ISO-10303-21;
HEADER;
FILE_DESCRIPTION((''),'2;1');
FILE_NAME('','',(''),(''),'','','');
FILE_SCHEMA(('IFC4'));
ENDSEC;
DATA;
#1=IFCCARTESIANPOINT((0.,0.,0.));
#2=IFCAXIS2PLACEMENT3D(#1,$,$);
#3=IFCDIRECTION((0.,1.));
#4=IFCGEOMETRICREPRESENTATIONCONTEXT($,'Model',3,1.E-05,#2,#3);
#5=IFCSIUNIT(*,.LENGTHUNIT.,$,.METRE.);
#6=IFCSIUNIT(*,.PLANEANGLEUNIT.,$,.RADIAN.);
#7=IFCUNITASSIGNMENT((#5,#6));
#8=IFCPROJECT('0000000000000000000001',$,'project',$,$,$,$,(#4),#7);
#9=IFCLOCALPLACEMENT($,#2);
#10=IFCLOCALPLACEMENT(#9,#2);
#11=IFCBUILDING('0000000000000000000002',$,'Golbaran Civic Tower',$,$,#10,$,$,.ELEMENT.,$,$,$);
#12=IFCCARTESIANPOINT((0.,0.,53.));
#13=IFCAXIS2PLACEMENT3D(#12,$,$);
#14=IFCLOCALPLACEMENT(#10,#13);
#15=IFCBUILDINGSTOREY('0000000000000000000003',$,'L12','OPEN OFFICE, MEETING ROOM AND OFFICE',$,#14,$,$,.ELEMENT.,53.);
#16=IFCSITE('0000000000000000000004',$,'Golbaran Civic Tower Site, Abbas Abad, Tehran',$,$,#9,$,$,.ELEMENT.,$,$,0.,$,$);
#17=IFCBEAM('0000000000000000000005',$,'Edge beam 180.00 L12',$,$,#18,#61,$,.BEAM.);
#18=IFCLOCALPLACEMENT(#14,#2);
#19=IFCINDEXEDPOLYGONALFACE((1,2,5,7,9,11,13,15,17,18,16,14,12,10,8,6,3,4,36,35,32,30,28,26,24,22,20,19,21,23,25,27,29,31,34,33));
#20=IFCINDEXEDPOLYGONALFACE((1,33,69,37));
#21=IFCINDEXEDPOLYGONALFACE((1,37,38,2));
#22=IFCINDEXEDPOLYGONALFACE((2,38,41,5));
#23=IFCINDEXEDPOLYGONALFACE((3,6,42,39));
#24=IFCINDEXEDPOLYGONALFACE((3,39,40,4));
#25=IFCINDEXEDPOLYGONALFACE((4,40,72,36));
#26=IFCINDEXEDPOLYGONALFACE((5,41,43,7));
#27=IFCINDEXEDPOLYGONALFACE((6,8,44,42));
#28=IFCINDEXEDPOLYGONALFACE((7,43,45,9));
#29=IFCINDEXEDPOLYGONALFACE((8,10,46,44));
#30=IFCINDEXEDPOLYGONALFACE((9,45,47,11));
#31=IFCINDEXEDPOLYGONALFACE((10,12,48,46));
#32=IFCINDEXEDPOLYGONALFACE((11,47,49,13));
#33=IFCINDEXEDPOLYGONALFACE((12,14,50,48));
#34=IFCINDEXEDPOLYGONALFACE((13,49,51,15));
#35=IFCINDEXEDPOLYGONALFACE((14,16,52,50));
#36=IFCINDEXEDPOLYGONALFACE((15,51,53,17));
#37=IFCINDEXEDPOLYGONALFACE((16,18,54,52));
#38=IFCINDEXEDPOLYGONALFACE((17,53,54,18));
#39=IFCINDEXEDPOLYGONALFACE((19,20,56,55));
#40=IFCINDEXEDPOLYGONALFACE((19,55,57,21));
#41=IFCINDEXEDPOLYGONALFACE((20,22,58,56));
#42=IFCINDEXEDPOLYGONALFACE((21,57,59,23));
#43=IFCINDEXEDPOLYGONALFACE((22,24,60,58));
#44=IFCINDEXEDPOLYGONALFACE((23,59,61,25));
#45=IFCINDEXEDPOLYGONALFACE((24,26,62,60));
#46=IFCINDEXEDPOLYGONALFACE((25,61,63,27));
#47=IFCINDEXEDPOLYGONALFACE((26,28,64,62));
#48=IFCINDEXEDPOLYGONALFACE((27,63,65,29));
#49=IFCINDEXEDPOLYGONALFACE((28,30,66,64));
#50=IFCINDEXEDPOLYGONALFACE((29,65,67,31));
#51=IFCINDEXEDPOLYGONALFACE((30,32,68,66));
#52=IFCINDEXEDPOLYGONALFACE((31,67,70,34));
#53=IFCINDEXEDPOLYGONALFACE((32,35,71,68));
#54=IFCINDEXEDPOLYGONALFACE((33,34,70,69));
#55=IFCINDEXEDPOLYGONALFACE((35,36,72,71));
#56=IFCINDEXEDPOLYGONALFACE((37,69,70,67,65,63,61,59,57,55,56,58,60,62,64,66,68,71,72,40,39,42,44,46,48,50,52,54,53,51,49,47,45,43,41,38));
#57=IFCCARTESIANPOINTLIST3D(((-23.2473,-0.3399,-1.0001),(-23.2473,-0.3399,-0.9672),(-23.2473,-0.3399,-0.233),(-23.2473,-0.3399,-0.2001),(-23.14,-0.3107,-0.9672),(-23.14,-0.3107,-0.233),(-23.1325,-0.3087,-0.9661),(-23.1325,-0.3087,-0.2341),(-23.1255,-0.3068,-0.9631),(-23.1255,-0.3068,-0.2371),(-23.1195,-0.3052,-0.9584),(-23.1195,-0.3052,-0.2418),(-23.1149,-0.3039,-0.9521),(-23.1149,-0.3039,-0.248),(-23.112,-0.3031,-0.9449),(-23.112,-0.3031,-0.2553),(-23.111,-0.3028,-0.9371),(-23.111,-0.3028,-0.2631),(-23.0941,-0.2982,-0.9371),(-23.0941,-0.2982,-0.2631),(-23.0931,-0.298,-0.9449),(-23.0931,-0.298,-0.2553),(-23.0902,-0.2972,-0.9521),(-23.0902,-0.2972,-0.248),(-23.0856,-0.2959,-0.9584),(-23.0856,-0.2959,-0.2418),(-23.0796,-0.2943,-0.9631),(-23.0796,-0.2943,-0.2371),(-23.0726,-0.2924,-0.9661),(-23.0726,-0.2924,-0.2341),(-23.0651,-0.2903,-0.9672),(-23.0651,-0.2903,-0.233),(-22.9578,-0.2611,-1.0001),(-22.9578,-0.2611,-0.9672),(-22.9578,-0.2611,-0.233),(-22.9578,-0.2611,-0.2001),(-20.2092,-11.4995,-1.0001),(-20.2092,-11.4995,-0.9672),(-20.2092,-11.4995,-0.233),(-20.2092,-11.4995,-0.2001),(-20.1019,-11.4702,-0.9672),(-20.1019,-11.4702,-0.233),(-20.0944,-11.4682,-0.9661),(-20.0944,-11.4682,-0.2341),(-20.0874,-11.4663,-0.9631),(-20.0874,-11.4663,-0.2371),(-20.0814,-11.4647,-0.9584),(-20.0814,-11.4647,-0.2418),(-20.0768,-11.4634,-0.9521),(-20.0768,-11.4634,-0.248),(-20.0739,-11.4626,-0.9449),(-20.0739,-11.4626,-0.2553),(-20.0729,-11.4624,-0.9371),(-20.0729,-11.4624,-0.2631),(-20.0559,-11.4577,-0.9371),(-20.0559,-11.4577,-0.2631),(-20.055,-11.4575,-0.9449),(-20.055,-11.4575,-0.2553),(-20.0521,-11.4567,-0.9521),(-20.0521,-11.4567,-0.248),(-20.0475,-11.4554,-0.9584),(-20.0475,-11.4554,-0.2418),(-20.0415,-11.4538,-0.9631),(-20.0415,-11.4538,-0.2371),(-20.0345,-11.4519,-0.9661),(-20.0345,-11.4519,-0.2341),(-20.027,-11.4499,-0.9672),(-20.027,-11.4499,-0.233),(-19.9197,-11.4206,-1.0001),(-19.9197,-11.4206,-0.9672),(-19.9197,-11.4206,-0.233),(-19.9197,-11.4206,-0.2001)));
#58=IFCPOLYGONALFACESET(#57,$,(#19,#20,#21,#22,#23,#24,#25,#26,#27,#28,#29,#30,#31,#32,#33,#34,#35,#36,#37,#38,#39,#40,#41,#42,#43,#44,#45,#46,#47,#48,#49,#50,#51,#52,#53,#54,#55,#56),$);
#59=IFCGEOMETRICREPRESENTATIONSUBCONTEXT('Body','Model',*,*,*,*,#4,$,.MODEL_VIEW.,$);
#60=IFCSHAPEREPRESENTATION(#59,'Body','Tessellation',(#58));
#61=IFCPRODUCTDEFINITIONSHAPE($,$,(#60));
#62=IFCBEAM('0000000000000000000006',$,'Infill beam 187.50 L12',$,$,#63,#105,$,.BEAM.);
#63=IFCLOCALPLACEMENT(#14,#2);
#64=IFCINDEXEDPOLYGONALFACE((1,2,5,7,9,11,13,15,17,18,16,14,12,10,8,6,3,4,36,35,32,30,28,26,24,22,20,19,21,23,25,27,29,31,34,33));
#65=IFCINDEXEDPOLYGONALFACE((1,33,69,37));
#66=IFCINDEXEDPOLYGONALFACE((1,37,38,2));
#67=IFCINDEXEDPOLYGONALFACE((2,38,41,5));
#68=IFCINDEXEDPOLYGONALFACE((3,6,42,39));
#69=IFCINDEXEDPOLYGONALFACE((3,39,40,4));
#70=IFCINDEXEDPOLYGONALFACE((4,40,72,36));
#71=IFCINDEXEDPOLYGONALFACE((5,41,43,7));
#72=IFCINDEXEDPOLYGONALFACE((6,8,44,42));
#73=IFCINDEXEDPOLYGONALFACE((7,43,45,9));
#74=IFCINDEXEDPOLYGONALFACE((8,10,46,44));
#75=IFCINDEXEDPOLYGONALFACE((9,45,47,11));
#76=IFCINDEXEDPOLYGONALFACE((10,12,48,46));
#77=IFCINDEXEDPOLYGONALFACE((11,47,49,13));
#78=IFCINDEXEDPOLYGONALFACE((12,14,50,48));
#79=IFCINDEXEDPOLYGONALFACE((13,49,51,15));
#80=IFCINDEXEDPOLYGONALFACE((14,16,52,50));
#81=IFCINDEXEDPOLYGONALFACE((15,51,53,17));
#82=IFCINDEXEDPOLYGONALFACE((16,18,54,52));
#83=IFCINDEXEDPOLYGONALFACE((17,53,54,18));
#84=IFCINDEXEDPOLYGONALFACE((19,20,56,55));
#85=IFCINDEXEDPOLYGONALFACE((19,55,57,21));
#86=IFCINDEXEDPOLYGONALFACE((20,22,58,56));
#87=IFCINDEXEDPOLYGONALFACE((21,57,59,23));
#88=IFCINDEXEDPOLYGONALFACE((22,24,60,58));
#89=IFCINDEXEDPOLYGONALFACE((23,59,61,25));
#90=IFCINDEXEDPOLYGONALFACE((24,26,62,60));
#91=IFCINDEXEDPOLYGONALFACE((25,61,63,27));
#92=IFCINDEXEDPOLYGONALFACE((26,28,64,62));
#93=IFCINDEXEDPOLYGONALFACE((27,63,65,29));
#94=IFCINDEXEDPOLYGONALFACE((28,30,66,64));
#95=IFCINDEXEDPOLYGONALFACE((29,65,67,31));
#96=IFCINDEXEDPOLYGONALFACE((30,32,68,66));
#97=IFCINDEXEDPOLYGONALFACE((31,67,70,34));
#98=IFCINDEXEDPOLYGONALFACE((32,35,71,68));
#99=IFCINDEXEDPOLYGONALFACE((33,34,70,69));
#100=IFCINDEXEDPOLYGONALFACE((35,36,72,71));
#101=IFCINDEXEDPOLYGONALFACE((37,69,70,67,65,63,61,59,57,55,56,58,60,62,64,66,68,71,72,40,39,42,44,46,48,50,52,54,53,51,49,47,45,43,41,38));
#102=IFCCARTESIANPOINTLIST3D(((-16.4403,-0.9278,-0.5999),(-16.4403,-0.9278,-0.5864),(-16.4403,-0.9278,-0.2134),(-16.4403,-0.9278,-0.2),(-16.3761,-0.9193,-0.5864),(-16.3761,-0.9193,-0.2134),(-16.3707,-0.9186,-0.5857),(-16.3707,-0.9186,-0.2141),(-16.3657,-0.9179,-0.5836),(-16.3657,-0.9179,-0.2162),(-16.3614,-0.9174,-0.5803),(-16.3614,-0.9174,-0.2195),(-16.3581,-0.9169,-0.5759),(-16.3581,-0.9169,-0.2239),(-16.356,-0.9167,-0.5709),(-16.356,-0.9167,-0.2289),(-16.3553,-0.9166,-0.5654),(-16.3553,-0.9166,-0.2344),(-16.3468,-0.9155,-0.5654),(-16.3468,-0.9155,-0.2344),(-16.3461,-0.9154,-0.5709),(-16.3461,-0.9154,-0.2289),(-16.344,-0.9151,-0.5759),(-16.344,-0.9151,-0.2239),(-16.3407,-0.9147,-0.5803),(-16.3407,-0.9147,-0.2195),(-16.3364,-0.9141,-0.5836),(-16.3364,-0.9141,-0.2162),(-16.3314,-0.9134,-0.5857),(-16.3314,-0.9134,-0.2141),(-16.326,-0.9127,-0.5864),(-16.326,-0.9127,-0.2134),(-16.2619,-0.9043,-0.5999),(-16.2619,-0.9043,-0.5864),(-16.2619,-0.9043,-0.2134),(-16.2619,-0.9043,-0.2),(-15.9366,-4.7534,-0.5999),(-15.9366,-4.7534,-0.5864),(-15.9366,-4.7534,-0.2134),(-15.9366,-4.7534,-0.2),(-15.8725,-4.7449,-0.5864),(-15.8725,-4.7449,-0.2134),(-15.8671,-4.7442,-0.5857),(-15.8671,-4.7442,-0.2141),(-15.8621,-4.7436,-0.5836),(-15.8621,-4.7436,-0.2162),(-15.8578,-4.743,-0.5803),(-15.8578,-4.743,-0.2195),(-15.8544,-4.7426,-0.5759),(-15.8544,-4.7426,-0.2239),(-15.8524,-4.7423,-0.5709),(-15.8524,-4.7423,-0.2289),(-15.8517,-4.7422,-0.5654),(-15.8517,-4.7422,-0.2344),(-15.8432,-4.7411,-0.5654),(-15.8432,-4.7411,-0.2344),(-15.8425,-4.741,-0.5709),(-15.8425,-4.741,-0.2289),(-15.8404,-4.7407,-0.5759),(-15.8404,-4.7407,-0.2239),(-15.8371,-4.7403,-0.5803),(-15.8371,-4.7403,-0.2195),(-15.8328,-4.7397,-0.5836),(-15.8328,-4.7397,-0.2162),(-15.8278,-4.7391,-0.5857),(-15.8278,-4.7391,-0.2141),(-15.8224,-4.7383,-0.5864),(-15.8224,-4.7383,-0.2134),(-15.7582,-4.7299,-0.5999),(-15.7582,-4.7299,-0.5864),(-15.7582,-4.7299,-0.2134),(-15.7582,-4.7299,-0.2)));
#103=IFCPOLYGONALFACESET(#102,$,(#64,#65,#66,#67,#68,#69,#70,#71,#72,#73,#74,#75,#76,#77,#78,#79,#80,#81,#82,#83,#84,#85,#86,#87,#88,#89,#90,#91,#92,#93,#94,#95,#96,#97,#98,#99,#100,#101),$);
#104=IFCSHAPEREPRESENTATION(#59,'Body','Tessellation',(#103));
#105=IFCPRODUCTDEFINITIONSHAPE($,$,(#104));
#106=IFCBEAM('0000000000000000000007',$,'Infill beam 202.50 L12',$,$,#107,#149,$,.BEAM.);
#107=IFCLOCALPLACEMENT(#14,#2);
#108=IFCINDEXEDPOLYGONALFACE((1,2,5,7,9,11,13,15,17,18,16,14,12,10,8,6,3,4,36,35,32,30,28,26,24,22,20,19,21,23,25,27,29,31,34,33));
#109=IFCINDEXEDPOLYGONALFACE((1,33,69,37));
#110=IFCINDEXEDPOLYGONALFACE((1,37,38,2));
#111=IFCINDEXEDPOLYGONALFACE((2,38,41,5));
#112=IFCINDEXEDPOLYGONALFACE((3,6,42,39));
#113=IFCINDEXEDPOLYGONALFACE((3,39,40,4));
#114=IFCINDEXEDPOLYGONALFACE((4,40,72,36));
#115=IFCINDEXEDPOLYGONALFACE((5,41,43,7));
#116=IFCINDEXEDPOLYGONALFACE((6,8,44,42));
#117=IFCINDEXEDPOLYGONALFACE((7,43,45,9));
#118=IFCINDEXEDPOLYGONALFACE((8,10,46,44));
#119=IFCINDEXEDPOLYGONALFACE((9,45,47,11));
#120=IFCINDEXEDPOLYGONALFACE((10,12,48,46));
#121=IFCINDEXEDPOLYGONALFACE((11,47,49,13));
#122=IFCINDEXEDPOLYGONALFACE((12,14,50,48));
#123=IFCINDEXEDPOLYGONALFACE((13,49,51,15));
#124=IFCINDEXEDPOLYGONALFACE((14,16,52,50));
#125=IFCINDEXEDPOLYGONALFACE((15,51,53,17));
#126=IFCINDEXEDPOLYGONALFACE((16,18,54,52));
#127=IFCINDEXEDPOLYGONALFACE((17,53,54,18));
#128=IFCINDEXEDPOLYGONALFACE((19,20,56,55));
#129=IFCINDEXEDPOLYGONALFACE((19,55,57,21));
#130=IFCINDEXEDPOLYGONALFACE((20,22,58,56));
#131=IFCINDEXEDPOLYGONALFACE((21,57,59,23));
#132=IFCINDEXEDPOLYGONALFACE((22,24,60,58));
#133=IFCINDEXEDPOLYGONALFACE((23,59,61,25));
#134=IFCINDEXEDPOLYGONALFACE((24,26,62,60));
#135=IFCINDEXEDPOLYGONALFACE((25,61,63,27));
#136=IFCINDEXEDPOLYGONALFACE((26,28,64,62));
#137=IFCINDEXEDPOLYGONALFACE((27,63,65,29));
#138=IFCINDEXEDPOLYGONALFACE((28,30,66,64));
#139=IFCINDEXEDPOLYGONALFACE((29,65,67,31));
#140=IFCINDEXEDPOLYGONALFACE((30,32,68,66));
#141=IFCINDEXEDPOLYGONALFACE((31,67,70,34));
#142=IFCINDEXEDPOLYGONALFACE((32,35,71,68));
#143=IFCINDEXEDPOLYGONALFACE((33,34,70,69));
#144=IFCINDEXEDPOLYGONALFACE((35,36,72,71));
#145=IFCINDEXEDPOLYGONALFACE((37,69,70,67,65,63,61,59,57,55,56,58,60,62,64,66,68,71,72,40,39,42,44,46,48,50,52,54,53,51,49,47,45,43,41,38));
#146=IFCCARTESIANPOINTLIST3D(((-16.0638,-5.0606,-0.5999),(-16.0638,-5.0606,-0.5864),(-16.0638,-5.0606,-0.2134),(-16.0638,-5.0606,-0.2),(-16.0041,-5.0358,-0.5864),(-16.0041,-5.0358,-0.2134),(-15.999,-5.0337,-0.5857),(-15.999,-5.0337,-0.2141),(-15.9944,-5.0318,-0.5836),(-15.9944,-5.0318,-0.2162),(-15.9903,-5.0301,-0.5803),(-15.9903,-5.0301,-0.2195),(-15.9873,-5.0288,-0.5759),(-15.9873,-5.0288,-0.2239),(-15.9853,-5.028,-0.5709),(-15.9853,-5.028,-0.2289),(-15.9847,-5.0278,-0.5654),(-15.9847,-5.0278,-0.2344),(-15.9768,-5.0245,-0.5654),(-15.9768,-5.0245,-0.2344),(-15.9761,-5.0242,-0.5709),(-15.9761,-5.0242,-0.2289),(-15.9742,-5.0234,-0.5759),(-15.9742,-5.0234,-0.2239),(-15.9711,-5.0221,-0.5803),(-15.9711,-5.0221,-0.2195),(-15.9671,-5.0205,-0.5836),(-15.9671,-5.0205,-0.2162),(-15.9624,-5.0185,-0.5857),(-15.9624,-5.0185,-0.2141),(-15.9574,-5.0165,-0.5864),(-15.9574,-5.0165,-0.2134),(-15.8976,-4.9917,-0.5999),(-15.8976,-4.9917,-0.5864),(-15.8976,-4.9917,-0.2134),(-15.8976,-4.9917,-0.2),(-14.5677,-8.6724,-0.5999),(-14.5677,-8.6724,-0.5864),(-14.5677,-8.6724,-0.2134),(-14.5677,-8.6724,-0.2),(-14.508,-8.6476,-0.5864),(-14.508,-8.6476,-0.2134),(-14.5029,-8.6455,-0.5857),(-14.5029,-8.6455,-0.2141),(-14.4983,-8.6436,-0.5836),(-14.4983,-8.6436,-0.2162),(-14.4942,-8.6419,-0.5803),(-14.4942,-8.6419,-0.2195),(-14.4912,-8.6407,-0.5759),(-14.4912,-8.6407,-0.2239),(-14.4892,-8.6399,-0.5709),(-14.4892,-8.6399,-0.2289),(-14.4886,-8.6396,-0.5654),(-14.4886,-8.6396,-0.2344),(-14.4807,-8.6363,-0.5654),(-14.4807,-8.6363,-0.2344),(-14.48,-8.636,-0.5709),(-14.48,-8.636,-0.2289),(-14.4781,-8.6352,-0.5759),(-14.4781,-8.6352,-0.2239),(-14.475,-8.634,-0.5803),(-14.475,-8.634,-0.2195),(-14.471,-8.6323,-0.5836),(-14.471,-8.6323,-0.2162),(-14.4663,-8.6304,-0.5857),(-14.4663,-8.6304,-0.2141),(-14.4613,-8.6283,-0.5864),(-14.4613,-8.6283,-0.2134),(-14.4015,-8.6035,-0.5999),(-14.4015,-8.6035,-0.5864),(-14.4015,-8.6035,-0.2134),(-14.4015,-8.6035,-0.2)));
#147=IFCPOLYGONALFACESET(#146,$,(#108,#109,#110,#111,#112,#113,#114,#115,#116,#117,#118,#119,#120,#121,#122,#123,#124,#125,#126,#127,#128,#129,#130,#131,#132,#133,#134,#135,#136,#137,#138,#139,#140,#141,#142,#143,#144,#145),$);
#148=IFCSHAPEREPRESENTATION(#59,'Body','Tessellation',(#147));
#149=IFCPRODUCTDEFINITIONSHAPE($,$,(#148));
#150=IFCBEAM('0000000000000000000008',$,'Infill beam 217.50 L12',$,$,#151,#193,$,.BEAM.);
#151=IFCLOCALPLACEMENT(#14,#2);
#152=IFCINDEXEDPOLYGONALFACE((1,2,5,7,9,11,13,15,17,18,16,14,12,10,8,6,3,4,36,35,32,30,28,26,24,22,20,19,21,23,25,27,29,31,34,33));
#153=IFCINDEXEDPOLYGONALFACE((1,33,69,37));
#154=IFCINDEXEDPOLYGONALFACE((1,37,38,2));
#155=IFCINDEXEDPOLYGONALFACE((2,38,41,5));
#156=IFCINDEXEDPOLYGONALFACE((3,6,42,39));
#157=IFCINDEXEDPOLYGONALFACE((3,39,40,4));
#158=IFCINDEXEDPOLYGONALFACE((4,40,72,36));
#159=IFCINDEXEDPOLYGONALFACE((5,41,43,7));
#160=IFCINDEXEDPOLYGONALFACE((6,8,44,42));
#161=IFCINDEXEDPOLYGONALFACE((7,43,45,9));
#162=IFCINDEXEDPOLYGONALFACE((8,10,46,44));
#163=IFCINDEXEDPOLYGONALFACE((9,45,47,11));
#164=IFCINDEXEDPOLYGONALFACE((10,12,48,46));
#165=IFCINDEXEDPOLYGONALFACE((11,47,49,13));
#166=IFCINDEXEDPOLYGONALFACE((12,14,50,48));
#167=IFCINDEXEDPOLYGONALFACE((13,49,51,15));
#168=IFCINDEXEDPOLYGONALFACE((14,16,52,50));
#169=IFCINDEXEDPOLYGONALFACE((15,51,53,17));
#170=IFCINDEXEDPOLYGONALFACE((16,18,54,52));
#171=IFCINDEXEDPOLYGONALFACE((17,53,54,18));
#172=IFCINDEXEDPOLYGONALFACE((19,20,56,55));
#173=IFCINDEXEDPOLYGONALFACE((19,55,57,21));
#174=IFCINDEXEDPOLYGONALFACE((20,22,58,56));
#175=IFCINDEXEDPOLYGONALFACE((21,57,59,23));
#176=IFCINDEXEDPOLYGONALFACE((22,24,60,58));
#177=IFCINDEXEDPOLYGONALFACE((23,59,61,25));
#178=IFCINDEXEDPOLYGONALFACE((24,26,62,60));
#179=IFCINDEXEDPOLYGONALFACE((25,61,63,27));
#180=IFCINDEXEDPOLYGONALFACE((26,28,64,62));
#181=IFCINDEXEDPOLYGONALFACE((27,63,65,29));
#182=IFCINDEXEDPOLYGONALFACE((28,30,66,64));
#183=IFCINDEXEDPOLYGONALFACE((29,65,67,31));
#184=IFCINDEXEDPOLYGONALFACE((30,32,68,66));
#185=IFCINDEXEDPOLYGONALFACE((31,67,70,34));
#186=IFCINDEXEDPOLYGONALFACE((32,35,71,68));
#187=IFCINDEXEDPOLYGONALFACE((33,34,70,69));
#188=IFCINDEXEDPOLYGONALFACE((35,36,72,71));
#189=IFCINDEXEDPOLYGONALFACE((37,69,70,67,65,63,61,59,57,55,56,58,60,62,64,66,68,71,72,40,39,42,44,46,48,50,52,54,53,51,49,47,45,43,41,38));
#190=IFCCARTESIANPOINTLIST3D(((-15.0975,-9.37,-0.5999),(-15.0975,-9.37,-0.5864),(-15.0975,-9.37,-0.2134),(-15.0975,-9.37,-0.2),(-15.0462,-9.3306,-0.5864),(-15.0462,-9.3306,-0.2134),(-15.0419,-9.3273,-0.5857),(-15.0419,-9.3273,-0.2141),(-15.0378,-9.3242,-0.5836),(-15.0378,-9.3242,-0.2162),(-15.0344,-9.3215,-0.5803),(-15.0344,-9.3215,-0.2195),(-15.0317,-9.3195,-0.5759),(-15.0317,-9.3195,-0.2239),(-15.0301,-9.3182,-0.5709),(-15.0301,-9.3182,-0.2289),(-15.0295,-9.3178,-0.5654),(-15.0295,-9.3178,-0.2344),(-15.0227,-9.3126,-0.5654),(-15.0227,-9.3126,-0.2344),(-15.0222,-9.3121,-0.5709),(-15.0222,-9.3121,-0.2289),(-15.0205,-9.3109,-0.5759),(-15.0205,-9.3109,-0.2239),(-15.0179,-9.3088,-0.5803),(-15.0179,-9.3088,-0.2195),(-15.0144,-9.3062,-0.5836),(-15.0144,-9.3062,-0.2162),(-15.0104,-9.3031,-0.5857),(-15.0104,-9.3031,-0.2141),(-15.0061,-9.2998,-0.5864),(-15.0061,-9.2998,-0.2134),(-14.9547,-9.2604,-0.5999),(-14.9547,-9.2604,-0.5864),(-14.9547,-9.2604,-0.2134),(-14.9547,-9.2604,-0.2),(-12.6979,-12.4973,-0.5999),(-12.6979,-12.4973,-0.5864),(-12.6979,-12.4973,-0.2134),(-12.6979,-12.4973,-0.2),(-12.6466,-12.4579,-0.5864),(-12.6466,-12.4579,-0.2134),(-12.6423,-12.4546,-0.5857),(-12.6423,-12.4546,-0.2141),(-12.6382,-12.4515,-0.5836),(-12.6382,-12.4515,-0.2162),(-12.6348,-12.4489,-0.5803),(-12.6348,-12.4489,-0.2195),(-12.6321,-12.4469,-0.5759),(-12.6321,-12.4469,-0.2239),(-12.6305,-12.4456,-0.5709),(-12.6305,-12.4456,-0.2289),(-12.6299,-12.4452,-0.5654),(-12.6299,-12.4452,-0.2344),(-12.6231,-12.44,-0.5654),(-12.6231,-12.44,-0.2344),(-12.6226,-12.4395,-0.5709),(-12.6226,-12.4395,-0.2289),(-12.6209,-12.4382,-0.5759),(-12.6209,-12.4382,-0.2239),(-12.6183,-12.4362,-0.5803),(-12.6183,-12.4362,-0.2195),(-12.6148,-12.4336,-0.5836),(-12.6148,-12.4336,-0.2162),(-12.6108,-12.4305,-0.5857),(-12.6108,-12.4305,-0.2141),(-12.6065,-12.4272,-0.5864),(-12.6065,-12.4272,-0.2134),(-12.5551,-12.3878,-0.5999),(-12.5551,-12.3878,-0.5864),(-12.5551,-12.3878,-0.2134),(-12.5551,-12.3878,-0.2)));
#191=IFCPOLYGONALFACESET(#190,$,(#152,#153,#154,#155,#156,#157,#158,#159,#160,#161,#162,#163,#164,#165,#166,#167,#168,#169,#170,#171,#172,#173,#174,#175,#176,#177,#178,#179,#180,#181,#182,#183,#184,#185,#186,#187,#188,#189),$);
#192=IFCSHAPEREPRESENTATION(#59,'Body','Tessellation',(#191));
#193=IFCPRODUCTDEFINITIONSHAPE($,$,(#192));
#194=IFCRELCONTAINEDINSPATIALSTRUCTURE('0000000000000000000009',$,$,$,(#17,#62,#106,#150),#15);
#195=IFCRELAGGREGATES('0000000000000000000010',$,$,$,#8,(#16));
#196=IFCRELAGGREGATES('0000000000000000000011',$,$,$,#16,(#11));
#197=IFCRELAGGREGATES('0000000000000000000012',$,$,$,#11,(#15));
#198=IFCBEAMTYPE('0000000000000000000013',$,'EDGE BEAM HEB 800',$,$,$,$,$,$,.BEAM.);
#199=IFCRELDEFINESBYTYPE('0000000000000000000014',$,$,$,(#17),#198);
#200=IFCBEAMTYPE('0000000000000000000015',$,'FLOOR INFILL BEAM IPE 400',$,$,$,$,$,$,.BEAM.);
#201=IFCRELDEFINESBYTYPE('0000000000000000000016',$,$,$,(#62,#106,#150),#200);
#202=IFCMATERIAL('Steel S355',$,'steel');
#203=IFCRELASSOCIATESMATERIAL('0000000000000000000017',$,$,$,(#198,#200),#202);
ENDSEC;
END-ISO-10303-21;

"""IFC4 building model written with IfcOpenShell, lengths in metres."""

from ifc_helpers import new_model, si_unit, direction, frame, origin, origin_2d, place, context, subcontext, project, spatial, i_section, extrude, material, material_profile, profile_set, type_object, element, save


model = new_model("IFC4")

# Units and contexts
model_context = context("Model", 3, precision=1e-05, world=origin(), true_north=direction((0.0, 1.0)))
body_context = subcontext(model_context, "Body", "Model", "MODEL_VIEW")
ifc_project = project(units=[si_unit("LENGTHUNIT", "METRE"), si_unit("PLANEANGLEUNIT", "RADIAN")], contexts=[model_context])

# Site, building, storey
site_placement = place(None, origin())
site = spatial("IfcSite", under=ifc_project, at=site_placement, Name="Golbaran Civic Tower Site, Abbas Abad, Tehran", CompositionType="ELEMENT", RefElevation=0.0)
building_placement = place(site_placement, origin())
building = spatial("IfcBuilding", under=site, at=building_placement, Name="Golbaran Civic Tower", CompositionType="ELEMENT")
storey_placement = place(building_placement, frame((0.0, 0.0, 53.0)))
storey = spatial("IfcBuildingStorey", under=building, at=storey_placement, Name="L12", Description="OPEN OFFICE, MEETING ROOM AND OFFICE", CompositionType="ELEMENT", Elevation=53.0)

# Beams
ifc_material_1 = material(Name="Steel S355", Category="steel")
ifc_material_profile_1 = material_profile(ifc_material_1, i_section(OverallWidth=0.3, OverallDepth=0.8, WebThickness=0.0176, FlangeThickness=0.033, FilletRadius=0.03, at=origin_2d()), Name="HEB 800")
ifc_profile_set_1 = profile_set([ifc_material_profile_1], Name="Steel S355")
beam_type_1 = type_object("IfcBeamType", Name="EDGE BEAM HEB 800", PredefinedType="BEAM", material=ifc_profile_set_1)
beam_1_placement = place(storey_placement, frame((-23.1025, -0.3005, -0.6001), z_axis=(0.262683, -0.964882, 0.0), x_axis=(0.964882, 0.262683, 0.0)))
element("IfcBeam", 1, at=beam_1_placement, inside=storey, type_object=beam_type_1, Name="Edge beam 180.00 L12", PredefinedType="BEAM", context=body_context, shape_type="SweptSolid", body=[
    extrude(i_section(OverallWidth=0.3, OverallDepth=0.8, WebThickness=0.0176, FlangeThickness=0.033, FilletRadius=0.03, at=origin_2d()), origin(), (0.0, 0.0, 1.0), 11.5657),
])
ifc_material_profile_2 = material_profile(ifc_material_1, i_section(OverallWidth=0.1799, OverallDepth=0.3999, WebThickness=0.0085, FlangeThickness=0.0134, FilletRadius=0.021, at=origin_2d()), Name="IPE 400")
ifc_profile_set_2 = profile_set([ifc_material_profile_2], Name="Steel S355")
beam_type_2 = type_object("IfcBeamType", Name="FLOOR INFILL BEAM IPE 400", PredefinedType="BEAM", material=ifc_profile_set_2)
beam_2_placement = place(storey_placement, frame((-16.3511, -0.916, -0.3999), z_axis=(0.130527, -0.991445, 0.0), x_axis=(0.991445, 0.130527, 0.0)))
element("IfcBeam", 2, at=beam_2_placement, inside=storey, type_object=beam_type_2, Name="Infill beam 187.50 L12", PredefinedType="BEAM", context=body_context, shape_type="SweptSolid", body=[
    extrude(i_section(OverallWidth=0.1799, OverallDepth=0.3999, WebThickness=0.0085, FlangeThickness=0.0134, FilletRadius=0.021, at=origin_2d()), origin(), (0.0, 0.0, 1.0), 3.8586),
])
beam_3_placement = place(storey_placement, frame((-15.9807, -5.0261, -0.3999), z_axis=(0.38269, -0.923877, 0.0), x_axis=(0.923877, 0.38269, 0.0)))
element("IfcBeam", 3, at=beam_3_placement, inside=storey, type_object=beam_type_2, Name="Infill beam 202.50 L12", PredefinedType="BEAM", context=body_context, shape_type="SweptSolid", body=[
    extrude(i_section(OverallWidth=0.1799, OverallDepth=0.3999, WebThickness=0.0085, FlangeThickness=0.0134, FilletRadius=0.021, at=origin_2d()), origin(), (0.0, 0.0, 1.0), 3.9094),
])
beam_4_placement = place(storey_placement, frame((-15.0261, -9.3152, -0.3999), z_axis=(0.608744, -0.793367, 0.0), x_axis=(0.793367, 0.608744, 0.0)))
element("IfcBeam", 4, at=beam_4_placement, inside=storey, type_object=beam_type_2, Name="Infill beam 217.50 L12", PredefinedType="BEAM", context=body_context, shape_type="SweptSolid", body=[
    extrude(i_section(OverallWidth=0.1799, OverallDepth=0.3999, WebThickness=0.0085, FlangeThickness=0.0134, FilletRadius=0.021, at=origin_2d()), origin(), (0.0, 0.0, 1.0), 3.9419),
])

save(model, "model.ifc")
